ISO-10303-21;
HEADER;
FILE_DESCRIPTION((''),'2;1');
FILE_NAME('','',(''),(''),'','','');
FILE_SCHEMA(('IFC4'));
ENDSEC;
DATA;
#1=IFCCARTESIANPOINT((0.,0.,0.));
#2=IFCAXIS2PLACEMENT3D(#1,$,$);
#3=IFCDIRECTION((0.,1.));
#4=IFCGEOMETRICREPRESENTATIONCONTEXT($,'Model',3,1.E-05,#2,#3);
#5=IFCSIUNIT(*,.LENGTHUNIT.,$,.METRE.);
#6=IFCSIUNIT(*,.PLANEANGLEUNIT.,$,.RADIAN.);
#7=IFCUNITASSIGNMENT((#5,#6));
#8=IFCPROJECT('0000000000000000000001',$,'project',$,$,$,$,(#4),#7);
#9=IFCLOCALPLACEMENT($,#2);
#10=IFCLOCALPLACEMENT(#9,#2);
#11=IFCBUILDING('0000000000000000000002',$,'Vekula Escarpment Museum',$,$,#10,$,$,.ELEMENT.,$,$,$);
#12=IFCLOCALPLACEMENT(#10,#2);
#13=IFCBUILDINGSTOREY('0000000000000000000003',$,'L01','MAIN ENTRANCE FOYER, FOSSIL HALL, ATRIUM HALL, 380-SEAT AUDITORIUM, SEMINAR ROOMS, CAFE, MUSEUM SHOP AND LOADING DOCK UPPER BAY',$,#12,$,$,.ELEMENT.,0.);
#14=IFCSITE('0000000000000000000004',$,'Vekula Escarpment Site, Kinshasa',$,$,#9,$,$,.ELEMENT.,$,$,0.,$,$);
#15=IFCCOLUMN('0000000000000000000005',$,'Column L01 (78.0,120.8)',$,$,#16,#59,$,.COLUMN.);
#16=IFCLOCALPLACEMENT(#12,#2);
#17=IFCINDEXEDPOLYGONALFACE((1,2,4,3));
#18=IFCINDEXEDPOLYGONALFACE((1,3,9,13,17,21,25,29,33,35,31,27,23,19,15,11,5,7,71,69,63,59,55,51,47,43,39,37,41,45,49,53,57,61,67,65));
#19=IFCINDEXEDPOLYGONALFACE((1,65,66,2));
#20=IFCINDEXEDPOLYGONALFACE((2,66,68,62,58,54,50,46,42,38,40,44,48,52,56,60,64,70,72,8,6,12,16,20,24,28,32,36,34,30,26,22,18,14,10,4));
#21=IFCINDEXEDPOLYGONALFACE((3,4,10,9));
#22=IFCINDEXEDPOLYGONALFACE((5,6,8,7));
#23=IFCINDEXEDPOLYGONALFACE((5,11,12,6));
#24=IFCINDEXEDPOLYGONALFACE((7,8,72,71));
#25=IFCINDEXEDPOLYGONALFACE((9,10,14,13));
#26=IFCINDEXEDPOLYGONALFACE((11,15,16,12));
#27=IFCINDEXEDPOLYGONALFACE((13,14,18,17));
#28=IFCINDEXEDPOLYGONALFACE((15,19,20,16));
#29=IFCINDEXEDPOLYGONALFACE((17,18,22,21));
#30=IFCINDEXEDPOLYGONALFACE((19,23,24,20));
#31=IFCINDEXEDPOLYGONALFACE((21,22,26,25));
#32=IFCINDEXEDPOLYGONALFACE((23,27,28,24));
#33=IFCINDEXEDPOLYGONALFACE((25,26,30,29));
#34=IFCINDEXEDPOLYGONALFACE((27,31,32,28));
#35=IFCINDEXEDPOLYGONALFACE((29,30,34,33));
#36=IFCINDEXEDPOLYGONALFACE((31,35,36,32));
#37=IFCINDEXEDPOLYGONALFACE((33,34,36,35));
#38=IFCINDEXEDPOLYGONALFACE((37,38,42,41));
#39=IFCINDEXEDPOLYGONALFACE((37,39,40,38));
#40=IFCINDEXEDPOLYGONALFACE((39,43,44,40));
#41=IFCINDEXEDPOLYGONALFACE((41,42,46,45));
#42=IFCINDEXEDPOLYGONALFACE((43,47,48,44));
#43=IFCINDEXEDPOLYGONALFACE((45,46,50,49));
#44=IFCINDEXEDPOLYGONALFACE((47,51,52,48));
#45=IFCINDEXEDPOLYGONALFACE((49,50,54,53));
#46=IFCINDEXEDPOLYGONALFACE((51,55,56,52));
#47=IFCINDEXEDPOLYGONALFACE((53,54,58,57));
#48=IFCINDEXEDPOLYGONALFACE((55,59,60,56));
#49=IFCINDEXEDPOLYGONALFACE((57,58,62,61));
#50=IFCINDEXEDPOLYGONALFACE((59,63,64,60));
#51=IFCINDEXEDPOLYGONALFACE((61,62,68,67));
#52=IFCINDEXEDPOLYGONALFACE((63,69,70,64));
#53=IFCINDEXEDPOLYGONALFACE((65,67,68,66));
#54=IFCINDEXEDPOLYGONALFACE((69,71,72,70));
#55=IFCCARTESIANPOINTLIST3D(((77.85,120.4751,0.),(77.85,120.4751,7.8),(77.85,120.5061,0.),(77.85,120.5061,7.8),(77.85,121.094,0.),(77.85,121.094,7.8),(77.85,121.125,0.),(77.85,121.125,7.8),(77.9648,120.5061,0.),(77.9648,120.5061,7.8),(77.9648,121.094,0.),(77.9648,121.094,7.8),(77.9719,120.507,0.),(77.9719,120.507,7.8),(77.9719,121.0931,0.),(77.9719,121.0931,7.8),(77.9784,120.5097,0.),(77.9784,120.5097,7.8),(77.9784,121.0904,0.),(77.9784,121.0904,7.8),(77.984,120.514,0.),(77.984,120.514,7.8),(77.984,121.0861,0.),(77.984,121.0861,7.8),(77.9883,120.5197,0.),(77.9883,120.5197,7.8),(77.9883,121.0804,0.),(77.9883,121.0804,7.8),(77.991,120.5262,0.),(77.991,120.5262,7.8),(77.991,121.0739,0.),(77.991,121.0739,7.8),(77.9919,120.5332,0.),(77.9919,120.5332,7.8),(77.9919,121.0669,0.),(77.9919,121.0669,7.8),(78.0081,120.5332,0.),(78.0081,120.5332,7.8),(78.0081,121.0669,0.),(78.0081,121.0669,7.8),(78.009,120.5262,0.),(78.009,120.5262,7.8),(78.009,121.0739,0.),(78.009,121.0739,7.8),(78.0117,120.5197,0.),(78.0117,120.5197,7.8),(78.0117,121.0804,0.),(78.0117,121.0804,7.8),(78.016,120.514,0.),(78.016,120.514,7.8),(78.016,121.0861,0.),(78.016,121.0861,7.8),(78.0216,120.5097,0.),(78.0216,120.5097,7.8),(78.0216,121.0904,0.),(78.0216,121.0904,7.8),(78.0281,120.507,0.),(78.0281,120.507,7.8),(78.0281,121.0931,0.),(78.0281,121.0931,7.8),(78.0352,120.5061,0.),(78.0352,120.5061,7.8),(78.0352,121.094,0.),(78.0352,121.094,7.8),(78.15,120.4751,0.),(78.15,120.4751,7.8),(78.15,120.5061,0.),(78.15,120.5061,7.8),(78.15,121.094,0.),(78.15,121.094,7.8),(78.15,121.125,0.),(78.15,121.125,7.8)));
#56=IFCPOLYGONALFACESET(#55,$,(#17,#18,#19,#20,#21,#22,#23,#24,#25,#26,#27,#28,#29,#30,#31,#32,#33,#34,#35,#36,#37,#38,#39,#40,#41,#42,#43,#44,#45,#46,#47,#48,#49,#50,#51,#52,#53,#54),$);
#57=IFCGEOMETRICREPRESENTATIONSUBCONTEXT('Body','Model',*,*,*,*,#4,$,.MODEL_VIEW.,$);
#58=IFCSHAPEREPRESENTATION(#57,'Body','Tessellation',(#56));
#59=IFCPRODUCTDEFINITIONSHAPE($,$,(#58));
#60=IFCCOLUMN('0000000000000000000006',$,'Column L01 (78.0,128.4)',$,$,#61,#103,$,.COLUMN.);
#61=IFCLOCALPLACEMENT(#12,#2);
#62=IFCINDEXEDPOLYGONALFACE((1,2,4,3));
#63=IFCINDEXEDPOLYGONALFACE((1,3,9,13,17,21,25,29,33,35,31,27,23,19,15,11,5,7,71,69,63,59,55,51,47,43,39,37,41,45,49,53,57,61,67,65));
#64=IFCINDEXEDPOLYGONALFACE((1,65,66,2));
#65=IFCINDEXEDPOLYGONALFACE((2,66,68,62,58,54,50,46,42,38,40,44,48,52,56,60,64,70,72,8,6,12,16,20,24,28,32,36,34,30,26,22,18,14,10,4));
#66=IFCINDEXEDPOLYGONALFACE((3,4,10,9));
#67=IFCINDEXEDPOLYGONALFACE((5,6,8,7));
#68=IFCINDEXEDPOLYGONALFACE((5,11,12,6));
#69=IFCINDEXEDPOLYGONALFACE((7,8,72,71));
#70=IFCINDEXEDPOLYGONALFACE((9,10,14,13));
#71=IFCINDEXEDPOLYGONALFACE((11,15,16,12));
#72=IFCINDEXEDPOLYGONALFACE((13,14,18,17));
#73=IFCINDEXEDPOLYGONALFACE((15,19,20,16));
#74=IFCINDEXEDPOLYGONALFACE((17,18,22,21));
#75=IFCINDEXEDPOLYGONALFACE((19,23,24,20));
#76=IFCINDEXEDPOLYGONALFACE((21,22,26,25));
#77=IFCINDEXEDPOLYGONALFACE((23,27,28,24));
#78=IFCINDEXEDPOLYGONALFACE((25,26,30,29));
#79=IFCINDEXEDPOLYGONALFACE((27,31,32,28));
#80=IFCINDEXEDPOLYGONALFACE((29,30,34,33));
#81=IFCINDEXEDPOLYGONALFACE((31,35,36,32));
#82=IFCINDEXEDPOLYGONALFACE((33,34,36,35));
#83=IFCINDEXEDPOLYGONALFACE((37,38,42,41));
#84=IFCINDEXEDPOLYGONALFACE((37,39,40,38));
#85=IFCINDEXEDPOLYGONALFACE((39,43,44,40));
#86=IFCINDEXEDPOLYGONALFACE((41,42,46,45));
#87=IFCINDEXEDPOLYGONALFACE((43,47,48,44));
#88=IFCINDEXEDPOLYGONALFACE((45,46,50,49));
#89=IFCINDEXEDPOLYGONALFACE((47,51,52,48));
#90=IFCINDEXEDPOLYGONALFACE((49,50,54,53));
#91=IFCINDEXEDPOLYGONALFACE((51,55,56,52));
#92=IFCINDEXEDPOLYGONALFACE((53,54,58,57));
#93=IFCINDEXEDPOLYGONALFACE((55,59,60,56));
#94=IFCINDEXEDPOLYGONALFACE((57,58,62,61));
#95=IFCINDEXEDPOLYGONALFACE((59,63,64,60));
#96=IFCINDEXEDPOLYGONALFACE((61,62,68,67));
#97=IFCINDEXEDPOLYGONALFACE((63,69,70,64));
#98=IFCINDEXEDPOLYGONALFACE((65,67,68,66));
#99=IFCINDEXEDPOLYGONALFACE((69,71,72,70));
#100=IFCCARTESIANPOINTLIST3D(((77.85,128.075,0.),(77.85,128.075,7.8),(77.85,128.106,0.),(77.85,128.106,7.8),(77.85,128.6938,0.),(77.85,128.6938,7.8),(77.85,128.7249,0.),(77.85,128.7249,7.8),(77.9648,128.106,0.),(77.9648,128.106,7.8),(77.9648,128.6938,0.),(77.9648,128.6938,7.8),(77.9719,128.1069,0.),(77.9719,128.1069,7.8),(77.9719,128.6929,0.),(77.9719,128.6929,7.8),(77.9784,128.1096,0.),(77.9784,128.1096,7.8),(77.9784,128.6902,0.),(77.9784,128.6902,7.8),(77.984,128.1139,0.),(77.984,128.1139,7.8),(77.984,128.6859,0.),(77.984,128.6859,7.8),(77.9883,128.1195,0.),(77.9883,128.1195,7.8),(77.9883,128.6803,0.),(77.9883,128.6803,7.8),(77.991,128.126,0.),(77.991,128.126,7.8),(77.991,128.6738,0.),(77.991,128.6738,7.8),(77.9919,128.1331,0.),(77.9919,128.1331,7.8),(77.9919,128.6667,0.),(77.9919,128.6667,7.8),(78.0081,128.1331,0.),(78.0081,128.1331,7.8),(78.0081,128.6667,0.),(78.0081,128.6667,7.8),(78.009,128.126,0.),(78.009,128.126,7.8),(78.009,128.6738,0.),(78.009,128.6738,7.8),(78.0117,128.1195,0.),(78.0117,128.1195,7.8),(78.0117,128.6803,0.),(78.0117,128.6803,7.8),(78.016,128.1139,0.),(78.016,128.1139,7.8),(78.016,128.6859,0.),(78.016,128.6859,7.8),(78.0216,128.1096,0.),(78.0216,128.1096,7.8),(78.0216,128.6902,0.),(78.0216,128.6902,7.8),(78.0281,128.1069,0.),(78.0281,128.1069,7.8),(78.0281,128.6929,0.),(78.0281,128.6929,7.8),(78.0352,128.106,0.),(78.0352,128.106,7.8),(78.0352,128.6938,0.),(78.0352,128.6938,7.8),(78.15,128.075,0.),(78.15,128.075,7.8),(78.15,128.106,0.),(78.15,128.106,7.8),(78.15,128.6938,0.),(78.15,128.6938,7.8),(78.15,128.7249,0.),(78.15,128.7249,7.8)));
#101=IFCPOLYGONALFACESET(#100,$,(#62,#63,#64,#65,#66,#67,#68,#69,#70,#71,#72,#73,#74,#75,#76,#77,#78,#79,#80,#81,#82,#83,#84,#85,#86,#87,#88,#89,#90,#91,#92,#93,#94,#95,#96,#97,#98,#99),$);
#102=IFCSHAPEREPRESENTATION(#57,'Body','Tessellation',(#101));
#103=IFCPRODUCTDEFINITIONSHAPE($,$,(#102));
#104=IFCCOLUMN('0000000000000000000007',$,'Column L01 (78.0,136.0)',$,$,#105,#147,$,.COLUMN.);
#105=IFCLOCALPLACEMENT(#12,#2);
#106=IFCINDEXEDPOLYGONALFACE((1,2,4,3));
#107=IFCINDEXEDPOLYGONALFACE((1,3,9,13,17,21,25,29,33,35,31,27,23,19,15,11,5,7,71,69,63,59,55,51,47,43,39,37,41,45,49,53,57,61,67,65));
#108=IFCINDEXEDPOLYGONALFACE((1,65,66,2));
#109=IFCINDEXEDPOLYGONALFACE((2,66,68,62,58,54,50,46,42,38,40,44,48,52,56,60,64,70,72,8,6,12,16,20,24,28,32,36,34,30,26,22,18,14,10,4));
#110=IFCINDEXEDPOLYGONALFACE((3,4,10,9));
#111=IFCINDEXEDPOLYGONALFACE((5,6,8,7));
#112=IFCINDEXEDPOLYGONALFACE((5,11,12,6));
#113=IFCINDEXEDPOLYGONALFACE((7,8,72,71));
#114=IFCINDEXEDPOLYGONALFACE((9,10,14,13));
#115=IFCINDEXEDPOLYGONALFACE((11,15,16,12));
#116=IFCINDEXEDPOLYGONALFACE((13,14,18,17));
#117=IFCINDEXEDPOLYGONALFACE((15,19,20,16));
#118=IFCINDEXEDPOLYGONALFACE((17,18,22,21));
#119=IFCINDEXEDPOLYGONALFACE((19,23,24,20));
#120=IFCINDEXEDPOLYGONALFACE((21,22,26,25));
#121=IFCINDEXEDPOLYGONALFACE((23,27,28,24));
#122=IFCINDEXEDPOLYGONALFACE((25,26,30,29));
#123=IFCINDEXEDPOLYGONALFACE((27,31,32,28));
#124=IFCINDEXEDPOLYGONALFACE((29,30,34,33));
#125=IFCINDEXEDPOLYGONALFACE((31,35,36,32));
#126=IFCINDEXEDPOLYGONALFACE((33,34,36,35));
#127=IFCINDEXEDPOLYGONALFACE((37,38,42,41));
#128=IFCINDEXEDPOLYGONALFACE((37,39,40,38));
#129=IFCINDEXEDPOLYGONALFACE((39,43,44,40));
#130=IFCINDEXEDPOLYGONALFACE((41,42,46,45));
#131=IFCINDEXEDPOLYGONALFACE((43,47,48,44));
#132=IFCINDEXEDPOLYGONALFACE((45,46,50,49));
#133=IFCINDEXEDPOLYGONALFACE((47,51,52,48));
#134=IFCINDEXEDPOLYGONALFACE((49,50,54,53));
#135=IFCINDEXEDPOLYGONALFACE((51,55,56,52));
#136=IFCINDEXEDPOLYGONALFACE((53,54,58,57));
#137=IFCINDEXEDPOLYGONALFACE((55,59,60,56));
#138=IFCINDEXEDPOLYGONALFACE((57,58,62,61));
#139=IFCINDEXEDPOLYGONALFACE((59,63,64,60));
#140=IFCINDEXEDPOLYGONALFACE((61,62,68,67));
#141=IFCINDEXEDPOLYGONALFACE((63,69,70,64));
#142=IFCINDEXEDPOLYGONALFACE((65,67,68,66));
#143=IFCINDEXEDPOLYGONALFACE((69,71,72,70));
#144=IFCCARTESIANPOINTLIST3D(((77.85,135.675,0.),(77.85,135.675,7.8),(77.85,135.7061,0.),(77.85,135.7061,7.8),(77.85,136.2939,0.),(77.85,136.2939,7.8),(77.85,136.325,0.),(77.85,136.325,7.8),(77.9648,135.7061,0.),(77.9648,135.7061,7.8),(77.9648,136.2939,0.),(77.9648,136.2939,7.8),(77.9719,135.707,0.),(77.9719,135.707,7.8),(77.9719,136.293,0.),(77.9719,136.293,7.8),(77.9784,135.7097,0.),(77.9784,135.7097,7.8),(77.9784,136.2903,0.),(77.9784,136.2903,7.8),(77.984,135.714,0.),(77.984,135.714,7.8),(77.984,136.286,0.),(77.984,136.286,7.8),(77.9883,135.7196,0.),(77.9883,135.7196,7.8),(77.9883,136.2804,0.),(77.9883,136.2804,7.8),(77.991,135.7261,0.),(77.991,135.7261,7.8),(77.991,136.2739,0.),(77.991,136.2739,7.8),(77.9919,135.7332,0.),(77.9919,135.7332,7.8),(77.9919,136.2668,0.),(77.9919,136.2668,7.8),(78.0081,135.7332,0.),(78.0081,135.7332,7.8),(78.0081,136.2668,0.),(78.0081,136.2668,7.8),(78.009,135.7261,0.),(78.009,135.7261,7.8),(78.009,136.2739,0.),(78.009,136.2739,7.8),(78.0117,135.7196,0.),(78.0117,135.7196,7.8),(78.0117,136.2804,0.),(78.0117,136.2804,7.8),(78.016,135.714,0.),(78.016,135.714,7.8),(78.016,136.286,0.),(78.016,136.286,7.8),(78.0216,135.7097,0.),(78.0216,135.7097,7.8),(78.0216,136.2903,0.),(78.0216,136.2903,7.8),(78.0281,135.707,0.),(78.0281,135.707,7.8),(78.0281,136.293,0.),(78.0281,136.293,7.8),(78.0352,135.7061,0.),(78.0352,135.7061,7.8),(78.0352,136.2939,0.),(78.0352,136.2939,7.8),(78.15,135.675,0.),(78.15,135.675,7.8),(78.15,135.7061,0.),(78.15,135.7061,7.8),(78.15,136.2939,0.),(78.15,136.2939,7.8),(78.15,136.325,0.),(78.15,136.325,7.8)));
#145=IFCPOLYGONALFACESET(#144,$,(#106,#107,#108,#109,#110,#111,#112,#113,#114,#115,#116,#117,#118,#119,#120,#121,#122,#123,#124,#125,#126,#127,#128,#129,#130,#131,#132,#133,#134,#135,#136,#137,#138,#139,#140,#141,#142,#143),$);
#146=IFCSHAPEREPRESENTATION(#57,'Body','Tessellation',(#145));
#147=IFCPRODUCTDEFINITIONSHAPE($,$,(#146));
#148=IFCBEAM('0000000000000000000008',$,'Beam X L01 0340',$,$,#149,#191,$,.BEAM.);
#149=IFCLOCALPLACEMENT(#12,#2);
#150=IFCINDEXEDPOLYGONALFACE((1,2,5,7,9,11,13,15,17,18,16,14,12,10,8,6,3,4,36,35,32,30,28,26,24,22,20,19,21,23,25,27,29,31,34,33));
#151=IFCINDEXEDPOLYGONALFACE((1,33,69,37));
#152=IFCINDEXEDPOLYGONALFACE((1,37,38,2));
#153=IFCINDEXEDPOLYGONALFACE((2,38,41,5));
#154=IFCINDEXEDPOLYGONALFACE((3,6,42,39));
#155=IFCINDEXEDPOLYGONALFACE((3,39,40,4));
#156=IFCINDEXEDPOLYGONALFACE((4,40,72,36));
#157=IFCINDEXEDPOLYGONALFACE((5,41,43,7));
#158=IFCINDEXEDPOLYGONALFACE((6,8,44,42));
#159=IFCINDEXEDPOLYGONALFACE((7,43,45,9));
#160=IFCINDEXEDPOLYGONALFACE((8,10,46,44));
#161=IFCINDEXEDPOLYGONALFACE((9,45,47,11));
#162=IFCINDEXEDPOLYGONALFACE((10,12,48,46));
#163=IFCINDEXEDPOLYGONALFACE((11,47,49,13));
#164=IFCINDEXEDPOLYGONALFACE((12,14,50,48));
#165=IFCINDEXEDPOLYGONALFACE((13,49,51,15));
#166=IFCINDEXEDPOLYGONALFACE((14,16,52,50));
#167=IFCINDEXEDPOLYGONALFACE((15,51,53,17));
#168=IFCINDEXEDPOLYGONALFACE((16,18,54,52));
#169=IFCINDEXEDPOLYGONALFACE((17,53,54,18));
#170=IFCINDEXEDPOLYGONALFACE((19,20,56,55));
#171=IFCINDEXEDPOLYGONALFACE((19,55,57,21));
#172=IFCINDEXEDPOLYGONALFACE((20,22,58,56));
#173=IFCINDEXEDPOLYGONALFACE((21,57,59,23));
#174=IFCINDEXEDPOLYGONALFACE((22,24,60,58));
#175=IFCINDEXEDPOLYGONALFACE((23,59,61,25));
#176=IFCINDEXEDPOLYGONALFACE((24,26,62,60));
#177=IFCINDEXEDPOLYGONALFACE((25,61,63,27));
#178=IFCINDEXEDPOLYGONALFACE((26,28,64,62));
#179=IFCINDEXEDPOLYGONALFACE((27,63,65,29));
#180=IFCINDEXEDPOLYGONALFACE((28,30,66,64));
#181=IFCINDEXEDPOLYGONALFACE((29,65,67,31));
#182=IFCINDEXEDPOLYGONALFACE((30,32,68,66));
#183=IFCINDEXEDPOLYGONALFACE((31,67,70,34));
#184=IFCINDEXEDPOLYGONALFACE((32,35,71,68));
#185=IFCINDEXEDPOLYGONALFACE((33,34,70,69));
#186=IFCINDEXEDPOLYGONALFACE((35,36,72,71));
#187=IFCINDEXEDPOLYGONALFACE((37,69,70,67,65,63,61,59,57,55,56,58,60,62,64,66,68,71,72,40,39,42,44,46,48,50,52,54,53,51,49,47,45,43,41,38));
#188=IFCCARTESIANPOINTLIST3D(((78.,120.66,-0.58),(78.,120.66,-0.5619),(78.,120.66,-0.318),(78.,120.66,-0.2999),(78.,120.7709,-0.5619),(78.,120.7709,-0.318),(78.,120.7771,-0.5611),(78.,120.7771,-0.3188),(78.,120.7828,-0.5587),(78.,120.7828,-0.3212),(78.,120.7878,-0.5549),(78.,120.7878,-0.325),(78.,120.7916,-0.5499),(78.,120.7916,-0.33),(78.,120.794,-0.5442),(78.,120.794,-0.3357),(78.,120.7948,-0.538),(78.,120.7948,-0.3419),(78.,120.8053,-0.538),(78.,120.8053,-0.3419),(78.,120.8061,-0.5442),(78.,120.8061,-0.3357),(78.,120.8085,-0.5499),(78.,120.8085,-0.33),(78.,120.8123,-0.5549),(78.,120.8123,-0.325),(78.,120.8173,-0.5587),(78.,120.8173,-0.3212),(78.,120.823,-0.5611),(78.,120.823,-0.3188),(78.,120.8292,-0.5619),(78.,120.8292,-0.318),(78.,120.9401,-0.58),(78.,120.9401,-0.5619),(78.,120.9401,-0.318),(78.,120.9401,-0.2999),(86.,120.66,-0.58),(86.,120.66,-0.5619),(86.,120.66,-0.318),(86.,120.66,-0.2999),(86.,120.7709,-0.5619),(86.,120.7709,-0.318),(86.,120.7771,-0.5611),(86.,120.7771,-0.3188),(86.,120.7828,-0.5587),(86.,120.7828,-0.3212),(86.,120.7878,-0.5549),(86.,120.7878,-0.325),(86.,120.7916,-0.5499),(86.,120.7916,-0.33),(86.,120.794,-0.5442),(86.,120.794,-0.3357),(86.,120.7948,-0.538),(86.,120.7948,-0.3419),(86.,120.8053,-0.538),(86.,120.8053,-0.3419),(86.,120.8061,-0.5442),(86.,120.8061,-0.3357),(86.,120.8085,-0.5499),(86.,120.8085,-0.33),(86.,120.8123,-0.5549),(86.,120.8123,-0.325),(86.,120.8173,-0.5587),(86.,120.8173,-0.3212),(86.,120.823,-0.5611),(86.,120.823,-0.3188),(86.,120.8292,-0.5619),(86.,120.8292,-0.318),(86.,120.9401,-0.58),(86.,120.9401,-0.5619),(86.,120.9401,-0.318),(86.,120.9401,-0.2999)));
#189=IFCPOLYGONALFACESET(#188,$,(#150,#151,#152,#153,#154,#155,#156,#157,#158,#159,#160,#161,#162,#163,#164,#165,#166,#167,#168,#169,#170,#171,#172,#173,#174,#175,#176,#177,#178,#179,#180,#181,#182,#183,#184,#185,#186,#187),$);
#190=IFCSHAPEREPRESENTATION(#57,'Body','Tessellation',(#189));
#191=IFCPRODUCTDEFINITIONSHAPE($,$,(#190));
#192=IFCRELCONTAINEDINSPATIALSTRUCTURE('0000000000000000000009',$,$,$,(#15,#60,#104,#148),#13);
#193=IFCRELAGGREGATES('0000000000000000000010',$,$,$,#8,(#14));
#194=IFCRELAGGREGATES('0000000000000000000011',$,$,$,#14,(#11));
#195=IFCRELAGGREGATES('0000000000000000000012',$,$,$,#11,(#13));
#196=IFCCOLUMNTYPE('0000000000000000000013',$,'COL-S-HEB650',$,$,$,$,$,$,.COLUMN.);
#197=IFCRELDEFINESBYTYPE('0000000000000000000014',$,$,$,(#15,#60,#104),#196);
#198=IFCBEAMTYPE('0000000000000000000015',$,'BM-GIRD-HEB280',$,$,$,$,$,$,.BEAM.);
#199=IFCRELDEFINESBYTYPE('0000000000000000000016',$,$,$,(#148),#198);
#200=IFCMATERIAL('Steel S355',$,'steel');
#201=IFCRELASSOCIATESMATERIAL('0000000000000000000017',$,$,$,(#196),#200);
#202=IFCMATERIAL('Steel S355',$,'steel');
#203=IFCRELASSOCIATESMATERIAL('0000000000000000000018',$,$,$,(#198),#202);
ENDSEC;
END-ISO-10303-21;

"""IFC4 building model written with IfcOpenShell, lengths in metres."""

from ifc_helpers import new_model, si_unit, direction, frame, origin, origin_2d, place, context, subcontext, project, spatial, i_section, extrude, material, material_profile, profile_set, type_object, element, save


model = new_model("IFC4")

# Units and contexts
model_context = context("Model", 3, precision=1e-05, world=origin(), true_north=direction((0.0, 1.0)))
body_context = subcontext(model_context, "Body", "Model", "MODEL_VIEW")
ifc_project = project(units=[si_unit("LENGTHUNIT", "METRE"), si_unit("PLANEANGLEUNIT", "RADIAN")], contexts=[model_context])

# Site, building, storey
site_placement = place(None, origin())
site = spatial("IfcSite", under=ifc_project, at=site_placement, Name="Vekula Escarpment Site, Kinshasa", CompositionType="ELEMENT", RefElevation=0.0)
building_placement = place(site_placement, origin())
building = spatial("IfcBuilding", under=site, at=building_placement, Name="Vekula Escarpment Museum", CompositionType="ELEMENT")
storey_placement = place(building_placement, origin())
storey = spatial("IfcBuildingStorey", under=building, at=storey_placement, Name="L01", Description="MAIN ENTRANCE FOYER, FOSSIL HALL, ATRIUM HALL, 380-SEAT AUDITORIUM, SEMINAR ROOMS, CAFE, MUSEUM SHOP AND LOADING DOCK UPPER BAY", CompositionType="ELEMENT", Elevation=0.0)

# Columns
ifc_material_1 = material(Name="Steel S355", Category="steel")
ifc_material_profile_1 = material_profile(ifc_material_1, i_section(OverallWidth=0.3, OverallDepth=0.6499, WebThickness=0.0161, FlangeThickness=0.031, FilletRadius=0.0271, at=origin_2d()), Name="HEB 650")
ifc_profile_set_1 = profile_set([ifc_material_profile_1], Name="Steel S355")
column_type = type_object("IfcColumnType", Name="COL-S-HEB650", PredefinedType="COLUMN", material=ifc_profile_set_1)
for number, where, z_axis, x_axis, name in (
    (1, (78.0, 120.8, 0.0), (0.0, 0.0, 1.0), (1.0, 0.0, 0.0), "Column L01 (78.0,120.8)"),
    (2, (78.0, 128.3999, 0.0), (0.0, 0.0, 1.0), (1.0, 0.0, 0.0), "Column L01 (78.0,128.4)"),
    (3, (78.0, 136.0, 0.0), (0.0, 0.0, 1.0), (1.0, 0.0, 0.0), "Column L01 (78.0,136.0)"),
):
    element("IfcColumn", number, at=place(storey_placement, frame(where, z_axis=z_axis, x_axis=x_axis)), inside=storey, type_object=column_type, Name=name, PredefinedType="COLUMN", context=body_context, shape_type="SweptSolid", body=[
        extrude(i_section(OverallWidth=0.3, OverallDepth=0.6499, WebThickness=0.0161, FlangeThickness=0.031, FilletRadius=0.0271, at=origin_2d()), origin(), (0.0, 0.0, 1.0), 7.8),
    ])

# Beam
ifc_material_2 = material(Name="Steel S355", Category="steel")
ifc_material_profile_2 = material_profile(ifc_material_2, i_section(OverallWidth=0.28, OverallDepth=0.28, WebThickness=0.0105, FlangeThickness=0.0181, FilletRadius=0.0239, at=origin_2d()), Name="HEB 280")
ifc_profile_set_2 = profile_set([ifc_material_profile_2], Name="Steel S355")
beam_type_1 = type_object("IfcBeamType", Name="BM-GIRD-HEB280", PredefinedType="BEAM", material=ifc_profile_set_2)
beam_1_placement = place(storey_placement, frame((78.0, 120.8, -0.4399), z_axis=(1.0, 0.0, 0.0), x_axis=(0.0, 1.0, 0.0)))
element("IfcBeam", 4, at=beam_1_placement, inside=storey, type_object=beam_type_1, Name="Beam X L01 0340", PredefinedType="BEAM", context=body_context, shape_type="SweptSolid", body=[
    extrude(i_section(OverallWidth=0.28, OverallDepth=0.28, WebThickness=0.0105, FlangeThickness=0.0181, FilletRadius=0.0239, at=origin_2d()), origin(), (0.0, 0.0, 1.0), 8.0),
])

save(model, "model.ifc")
